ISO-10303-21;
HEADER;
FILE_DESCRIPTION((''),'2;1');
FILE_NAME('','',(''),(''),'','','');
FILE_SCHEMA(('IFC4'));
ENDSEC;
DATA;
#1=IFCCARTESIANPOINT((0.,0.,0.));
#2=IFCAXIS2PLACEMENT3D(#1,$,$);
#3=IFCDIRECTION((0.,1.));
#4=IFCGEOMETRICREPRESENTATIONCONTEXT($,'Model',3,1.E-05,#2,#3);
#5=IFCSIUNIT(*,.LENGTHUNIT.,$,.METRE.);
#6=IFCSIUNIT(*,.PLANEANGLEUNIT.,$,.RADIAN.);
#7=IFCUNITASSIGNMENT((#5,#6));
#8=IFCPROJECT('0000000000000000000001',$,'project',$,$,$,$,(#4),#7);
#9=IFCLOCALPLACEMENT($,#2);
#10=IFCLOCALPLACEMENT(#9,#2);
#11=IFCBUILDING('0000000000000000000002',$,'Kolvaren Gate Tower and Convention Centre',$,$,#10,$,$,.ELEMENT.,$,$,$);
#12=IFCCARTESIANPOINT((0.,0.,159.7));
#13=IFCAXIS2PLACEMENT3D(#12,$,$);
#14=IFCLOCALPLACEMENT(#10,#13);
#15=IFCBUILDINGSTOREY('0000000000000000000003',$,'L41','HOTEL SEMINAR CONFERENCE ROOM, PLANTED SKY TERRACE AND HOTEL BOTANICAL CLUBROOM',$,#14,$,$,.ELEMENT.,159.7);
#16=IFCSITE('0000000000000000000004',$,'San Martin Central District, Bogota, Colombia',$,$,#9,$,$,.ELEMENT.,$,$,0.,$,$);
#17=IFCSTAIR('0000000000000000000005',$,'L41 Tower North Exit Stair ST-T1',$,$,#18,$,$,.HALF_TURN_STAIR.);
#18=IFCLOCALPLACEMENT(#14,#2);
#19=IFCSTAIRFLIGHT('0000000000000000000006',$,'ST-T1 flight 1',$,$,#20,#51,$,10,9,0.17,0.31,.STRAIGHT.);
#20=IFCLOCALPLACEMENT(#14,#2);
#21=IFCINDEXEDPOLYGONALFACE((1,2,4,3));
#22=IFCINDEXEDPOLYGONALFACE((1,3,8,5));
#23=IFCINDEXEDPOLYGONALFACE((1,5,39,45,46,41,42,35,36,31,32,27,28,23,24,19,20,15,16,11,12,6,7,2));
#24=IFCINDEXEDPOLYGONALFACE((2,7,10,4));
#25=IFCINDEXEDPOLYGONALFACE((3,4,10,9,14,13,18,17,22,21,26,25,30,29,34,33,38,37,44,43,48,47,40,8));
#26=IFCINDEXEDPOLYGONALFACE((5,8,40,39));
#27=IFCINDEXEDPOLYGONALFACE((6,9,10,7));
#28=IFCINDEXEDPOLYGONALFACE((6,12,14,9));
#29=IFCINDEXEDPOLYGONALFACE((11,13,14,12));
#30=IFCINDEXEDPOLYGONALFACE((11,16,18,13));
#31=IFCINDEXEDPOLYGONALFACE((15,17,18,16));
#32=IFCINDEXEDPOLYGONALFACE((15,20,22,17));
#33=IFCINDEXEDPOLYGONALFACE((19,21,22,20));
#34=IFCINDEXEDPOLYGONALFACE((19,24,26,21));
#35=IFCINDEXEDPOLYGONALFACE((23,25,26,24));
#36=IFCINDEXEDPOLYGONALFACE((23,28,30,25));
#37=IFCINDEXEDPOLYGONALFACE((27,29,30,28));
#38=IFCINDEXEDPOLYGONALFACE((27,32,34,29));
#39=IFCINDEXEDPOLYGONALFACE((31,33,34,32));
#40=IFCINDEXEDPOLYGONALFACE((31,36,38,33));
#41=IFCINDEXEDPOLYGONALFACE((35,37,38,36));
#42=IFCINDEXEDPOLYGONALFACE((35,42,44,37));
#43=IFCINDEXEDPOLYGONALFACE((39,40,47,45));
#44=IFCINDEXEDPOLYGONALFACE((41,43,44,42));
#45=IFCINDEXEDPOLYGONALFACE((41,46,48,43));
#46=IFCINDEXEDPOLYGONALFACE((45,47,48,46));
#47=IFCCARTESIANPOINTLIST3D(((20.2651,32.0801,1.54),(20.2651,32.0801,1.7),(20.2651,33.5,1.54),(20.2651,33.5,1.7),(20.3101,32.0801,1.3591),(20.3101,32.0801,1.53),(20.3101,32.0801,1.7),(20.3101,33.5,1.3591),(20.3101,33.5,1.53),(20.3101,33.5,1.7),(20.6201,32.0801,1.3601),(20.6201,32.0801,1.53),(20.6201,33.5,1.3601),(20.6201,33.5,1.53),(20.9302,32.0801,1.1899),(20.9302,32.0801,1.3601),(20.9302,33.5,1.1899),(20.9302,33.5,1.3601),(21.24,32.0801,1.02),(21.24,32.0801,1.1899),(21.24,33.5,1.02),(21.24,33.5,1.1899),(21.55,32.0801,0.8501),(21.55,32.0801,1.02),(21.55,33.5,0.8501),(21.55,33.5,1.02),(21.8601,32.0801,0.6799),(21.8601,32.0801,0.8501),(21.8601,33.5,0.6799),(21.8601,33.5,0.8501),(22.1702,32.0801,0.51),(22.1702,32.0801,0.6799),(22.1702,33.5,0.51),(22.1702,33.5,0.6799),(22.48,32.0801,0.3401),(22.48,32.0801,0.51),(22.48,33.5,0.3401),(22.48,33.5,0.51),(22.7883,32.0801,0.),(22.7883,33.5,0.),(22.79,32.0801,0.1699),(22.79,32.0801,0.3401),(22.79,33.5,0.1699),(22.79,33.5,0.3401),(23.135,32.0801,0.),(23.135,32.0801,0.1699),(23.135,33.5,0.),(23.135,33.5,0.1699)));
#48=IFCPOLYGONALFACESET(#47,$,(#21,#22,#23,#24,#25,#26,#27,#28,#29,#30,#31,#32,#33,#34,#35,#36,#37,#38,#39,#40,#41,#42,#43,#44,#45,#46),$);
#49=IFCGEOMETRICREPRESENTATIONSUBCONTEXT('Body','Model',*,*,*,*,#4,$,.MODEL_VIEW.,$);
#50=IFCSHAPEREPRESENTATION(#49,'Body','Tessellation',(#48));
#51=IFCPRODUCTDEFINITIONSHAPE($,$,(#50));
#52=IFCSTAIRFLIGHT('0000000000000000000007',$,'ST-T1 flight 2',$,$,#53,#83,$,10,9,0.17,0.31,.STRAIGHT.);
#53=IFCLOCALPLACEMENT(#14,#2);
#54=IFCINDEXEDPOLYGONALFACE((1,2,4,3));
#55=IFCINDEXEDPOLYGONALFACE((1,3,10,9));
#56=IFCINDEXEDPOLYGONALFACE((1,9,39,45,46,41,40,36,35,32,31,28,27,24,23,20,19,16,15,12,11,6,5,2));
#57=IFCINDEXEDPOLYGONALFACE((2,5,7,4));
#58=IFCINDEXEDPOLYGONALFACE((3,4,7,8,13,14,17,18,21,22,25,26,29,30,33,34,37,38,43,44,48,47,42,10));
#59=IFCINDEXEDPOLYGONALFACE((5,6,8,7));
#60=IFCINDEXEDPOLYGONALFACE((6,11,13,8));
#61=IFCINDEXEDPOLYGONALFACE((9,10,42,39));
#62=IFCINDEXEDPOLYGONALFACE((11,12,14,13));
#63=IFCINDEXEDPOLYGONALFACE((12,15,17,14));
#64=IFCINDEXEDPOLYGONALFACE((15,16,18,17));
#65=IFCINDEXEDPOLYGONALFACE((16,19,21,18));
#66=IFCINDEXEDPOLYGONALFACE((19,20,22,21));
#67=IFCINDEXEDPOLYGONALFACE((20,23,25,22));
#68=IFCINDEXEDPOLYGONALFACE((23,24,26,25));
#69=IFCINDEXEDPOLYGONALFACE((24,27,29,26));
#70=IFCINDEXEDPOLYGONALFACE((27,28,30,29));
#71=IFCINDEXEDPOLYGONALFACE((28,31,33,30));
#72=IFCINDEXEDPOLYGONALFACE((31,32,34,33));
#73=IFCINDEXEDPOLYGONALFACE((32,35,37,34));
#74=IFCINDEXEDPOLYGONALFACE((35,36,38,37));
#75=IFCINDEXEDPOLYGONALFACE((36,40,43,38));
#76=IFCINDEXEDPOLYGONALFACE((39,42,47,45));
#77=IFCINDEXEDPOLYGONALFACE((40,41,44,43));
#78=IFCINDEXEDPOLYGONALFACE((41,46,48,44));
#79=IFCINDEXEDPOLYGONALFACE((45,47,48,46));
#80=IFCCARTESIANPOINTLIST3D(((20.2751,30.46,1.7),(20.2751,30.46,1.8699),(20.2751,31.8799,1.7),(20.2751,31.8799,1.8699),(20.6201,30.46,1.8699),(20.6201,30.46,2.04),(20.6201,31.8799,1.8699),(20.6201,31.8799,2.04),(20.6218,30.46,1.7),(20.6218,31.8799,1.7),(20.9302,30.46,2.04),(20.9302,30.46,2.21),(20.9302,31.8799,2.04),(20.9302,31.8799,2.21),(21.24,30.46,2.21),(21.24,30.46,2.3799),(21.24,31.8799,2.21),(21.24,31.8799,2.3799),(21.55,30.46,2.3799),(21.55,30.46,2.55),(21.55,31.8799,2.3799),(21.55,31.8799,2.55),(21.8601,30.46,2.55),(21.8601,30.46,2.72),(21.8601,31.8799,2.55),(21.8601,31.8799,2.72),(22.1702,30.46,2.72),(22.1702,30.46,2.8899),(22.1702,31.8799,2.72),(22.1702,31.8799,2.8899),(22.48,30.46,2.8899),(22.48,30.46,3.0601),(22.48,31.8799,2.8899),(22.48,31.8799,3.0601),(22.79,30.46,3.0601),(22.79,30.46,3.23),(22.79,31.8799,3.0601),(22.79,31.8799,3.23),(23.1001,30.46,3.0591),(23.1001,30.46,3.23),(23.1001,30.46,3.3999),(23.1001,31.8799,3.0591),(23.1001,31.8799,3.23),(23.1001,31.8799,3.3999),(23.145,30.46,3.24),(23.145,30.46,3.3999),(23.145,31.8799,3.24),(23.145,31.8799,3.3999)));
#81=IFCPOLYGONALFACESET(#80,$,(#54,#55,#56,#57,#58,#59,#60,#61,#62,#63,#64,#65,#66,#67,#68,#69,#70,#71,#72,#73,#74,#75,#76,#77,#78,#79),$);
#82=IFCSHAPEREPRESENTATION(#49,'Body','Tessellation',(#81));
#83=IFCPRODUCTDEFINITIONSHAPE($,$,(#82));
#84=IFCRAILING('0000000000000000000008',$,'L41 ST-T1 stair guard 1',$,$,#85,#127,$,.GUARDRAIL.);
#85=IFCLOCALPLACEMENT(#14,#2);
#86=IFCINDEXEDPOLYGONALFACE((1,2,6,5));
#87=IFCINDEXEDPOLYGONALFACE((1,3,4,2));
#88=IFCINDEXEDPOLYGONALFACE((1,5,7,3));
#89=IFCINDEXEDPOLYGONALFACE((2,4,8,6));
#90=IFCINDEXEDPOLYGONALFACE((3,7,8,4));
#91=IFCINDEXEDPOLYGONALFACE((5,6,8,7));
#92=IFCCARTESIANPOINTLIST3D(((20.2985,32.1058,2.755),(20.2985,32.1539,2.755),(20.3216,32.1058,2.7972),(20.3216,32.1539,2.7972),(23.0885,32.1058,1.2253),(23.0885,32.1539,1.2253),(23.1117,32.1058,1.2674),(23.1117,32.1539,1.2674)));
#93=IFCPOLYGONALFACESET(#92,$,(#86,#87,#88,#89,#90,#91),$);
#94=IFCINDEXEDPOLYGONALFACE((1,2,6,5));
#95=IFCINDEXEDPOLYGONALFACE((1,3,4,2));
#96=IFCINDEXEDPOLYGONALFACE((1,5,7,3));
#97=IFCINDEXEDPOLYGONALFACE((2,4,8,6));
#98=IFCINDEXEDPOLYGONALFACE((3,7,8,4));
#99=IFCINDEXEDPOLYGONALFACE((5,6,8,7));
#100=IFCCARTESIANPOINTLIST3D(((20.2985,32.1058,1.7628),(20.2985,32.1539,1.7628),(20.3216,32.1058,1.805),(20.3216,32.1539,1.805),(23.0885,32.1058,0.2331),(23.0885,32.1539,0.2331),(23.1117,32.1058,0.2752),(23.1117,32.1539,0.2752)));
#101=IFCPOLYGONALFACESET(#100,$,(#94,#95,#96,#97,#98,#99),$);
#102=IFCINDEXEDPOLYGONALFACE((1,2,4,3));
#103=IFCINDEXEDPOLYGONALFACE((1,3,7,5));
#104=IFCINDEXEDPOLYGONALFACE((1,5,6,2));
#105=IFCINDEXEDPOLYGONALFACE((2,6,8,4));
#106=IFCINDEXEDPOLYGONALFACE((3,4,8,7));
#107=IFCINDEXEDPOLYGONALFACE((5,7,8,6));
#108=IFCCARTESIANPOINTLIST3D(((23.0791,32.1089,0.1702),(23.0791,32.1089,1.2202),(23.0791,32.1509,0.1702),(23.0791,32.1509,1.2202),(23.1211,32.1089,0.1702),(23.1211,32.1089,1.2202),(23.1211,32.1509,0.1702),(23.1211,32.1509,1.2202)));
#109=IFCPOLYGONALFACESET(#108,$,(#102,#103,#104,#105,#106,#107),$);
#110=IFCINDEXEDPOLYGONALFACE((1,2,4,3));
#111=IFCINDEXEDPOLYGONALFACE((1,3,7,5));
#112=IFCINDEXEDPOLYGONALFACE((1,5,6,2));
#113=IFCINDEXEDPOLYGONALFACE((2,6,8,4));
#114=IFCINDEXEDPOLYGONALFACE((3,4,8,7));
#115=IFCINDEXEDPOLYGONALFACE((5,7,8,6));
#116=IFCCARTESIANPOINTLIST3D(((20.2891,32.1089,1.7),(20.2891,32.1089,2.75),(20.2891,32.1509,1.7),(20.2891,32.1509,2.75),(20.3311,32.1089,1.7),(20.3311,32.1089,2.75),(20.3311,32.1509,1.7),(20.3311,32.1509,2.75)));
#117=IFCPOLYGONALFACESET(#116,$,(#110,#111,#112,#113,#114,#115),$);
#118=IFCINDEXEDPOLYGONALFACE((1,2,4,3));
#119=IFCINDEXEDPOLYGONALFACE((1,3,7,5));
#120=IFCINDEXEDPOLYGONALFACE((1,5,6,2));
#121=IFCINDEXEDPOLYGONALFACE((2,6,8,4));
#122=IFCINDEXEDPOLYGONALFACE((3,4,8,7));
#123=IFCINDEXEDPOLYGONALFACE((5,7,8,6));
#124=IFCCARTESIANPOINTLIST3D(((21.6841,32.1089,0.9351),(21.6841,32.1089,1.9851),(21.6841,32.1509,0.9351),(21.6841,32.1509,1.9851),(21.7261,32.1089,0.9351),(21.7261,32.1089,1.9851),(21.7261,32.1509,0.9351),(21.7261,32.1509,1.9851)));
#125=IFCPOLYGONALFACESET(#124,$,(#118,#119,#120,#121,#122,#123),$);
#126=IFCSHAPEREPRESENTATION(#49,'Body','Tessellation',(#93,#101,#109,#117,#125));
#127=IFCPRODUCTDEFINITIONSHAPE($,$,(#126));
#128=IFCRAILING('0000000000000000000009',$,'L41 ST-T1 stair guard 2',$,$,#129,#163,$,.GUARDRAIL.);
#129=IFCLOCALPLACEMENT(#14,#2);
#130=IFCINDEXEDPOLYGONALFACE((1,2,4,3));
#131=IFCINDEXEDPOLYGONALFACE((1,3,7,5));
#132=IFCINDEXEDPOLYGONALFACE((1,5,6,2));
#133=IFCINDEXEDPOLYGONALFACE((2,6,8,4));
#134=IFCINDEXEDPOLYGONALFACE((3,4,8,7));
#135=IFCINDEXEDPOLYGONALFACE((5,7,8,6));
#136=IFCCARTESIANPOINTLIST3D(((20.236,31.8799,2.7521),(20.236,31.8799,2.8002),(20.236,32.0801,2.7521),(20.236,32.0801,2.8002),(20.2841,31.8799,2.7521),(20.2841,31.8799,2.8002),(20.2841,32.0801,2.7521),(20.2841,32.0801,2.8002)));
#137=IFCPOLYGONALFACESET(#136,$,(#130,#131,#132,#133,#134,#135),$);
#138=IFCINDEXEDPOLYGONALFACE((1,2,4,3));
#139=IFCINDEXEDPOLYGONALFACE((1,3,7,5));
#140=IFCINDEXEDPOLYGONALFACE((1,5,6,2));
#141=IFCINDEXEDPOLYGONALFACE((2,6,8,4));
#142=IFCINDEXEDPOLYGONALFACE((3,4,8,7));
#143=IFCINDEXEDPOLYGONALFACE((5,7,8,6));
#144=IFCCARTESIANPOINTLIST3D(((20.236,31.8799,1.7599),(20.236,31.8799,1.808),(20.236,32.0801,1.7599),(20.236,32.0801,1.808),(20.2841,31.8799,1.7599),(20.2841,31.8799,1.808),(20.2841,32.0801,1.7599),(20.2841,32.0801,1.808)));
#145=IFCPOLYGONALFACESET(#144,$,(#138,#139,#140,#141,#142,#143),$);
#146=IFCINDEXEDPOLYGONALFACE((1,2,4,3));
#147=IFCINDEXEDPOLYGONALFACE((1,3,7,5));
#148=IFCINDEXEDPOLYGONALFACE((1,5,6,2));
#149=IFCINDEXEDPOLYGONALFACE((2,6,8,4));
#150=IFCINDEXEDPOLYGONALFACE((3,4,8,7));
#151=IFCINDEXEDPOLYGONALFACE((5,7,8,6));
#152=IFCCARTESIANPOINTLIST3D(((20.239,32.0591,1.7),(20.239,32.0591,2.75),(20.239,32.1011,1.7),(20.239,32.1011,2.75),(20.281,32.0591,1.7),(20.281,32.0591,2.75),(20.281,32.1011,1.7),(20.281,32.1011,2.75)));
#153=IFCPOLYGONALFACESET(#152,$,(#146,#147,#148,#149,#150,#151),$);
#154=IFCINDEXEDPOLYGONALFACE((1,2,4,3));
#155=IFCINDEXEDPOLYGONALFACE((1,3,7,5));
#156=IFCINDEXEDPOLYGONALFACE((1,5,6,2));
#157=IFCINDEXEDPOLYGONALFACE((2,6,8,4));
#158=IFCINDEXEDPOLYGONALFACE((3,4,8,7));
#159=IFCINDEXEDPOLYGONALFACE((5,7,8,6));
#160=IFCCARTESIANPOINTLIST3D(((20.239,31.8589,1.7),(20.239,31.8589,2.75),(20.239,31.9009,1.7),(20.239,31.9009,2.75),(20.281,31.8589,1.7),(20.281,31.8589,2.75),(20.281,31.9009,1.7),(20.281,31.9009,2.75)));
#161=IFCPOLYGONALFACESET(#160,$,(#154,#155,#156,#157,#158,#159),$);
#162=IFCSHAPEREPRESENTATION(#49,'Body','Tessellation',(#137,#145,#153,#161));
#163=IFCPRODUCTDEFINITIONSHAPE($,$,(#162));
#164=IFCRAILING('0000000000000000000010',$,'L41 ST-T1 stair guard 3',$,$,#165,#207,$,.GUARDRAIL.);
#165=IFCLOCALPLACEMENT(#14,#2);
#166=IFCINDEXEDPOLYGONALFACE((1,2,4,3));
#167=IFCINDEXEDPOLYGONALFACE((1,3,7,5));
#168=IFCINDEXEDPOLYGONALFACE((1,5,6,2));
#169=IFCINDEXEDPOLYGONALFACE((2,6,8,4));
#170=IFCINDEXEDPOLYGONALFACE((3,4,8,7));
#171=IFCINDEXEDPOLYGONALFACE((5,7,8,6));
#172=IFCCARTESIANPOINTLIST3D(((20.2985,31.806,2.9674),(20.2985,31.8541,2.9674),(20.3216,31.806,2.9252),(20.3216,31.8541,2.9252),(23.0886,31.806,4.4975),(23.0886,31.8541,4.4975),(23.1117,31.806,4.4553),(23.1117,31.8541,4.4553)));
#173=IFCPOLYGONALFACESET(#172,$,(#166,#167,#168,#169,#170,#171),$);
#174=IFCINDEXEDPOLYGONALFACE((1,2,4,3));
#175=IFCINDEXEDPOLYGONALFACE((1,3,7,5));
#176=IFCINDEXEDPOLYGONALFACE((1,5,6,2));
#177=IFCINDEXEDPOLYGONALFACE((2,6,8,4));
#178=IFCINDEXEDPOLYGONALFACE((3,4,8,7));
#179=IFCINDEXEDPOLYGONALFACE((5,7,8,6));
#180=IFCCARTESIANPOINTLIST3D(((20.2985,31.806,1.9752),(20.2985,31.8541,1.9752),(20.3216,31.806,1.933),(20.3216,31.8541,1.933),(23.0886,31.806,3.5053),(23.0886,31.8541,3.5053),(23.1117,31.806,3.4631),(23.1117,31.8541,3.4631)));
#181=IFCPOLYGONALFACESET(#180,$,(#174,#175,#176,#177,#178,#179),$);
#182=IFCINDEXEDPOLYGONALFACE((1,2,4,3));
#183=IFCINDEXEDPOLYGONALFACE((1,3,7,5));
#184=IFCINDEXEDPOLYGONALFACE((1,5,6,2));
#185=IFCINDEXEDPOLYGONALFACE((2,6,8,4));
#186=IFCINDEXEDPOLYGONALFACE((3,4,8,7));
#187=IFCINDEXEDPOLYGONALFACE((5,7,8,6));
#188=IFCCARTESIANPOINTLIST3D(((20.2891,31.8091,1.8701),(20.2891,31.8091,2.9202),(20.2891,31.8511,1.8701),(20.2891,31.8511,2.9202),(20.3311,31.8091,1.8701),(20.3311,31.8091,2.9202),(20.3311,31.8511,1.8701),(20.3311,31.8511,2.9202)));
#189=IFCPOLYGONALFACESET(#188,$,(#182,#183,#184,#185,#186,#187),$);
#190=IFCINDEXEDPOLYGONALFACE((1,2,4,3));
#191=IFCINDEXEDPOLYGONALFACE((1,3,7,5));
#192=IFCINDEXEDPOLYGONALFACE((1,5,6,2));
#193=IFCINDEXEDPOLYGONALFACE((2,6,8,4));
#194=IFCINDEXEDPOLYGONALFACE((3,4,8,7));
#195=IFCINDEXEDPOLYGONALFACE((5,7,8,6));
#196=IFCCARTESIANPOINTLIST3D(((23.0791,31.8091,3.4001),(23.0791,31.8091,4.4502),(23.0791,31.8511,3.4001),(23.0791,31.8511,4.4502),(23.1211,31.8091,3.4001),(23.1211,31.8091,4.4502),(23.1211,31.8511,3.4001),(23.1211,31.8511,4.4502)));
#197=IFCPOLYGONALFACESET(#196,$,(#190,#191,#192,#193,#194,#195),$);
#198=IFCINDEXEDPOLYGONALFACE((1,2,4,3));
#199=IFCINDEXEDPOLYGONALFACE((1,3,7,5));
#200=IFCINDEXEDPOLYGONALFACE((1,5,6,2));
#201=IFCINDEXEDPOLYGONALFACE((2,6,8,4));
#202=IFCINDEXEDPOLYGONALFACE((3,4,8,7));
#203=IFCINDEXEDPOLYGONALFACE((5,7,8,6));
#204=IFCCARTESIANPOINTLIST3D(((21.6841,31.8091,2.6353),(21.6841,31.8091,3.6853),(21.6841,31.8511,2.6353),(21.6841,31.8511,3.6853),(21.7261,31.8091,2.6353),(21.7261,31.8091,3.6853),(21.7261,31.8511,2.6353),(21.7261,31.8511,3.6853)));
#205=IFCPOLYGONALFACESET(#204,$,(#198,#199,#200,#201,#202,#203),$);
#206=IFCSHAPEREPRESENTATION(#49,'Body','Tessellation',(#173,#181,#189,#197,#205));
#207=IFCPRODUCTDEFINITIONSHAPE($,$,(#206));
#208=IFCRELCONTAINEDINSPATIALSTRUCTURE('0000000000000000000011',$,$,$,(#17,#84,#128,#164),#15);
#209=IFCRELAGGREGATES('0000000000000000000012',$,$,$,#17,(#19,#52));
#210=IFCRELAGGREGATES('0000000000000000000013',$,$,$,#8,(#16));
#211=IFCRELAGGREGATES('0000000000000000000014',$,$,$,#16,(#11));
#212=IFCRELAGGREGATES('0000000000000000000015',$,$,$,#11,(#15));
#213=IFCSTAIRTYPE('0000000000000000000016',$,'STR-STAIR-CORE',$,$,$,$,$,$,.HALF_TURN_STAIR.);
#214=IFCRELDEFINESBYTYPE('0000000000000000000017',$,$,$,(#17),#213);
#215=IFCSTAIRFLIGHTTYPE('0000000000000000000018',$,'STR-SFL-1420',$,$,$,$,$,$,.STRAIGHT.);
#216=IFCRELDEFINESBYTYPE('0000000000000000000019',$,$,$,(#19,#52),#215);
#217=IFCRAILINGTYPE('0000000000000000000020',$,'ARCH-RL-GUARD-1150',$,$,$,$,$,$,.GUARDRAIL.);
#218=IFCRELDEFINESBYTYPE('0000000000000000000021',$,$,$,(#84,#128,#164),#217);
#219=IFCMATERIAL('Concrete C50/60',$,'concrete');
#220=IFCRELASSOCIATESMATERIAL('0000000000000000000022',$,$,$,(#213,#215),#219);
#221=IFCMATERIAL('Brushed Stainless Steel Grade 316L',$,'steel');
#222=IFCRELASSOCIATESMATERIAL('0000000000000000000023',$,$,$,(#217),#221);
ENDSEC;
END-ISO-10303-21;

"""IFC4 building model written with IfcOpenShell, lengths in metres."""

from ifc_helpers import new_model, si_unit, direction, frame, origin, origin_2d, place, context, subcontext, project, spatial, polyline, rectangle, outline, extrude, material, type_object, element, aggregate, save


model = new_model("IFC4")

# Units and contexts
model_context = context("Model", 3, precision=1e-05, world=origin(), true_north=direction((0.0, 1.0)))
body_context = subcontext(model_context, "Body", "Model", "MODEL_VIEW")
ifc_project = project(units=[si_unit("LENGTHUNIT", "METRE"), si_unit("PLANEANGLEUNIT", "RADIAN")], contexts=[model_context])

# Site, building, storey
site_placement = place(None, origin())
site = spatial("IfcSite", under=ifc_project, at=site_placement, Name="San Martin Central District, Bogota, Colombia", CompositionType="ELEMENT", RefElevation=0.0)
building_placement = place(site_placement, origin())
building = spatial("IfcBuilding", under=site, at=building_placement, Name="Kolvaren Gate Tower and Convention Centre", CompositionType="ELEMENT")
storey_placement = place(building_placement, frame((0.0, 0.0, 159.7)))
storey = spatial("IfcBuildingStorey", under=building, at=storey_placement, Name="L41", Description="HOTEL SEMINAR CONFERENCE ROOM, PLANTED SKY TERRACE AND HOTEL BOTANICAL CLUBROOM", CompositionType="ELEMENT", Elevation=159.7)

# Shared definitions
ifc_material_1 = material(Name="Brushed Stainless Steel Grade 316L", Category="steel")

# Shared definitions
ifc_material_2 = material(Name="Concrete C50/60", Category="concrete")

# Stair, stair flights
stair_type = type_object("IfcStairType", Name="STR-STAIR-CORE", PredefinedType="HALF_TURN_STAIR", material=ifc_material_2)
stair_placement = place(storey_placement, origin())
stair = element("IfcStair", 1, at=stair_placement, inside=storey, type_object=stair_type, Name="L41 Tower North Exit Stair ST-T1", PredefinedType="HALF_TURN_STAIR")
stair_flight_type = type_object("IfcStairFlightType", Name="STR-SFL-1420", PredefinedType="STRAIGHT", material=ifc_material_2)
stair_flight_1_placement = place(storey_placement, frame((23.1001, 32.79, 0.0), z_axis=(0.0, 0.0, 1.0), x_axis=(-1.0, 0.0, 0.0)))
stair_flight_1 = element("IfcStairFlight", 2, at=stair_flight_1_placement, type_object=stair_flight_type, Name="ST-T1 flight 1", NumberOfRisers=10, NumberOfTreads=9, PredefinedType="STRAIGHT", RiserHeight=0.17, TreadLength=0.31, context=body_context, shape_type="SweptSolid", body=[
    extrude(outline(polyline([(-0.0349, 0.0), (-0.0349, 0.1699), (0.3101, 0.1699), (0.3101, 0.3401), (0.6201, 0.3401), (0.6201, 0.51), (0.9299, 0.51), (0.9299, 0.6799), (1.24, 0.6799), (1.24, 0.8501), (1.55, 0.8501), (1.55, 1.02), (1.8601, 1.02), (1.8601, 1.1899), (2.1699, 1.1899), (2.1699, 1.3601), (2.48, 1.3601), (2.48, 1.53), (2.79, 1.53), (2.79, 1.7), (2.835, 1.7), (2.835, 1.54), (2.79, 1.3591), (0.3118, 0.0), (-0.0349, 0.0)])), frame((0.0, 0.71, 0.0), z_axis=(0.0, -1.0, 0.0), x_axis=(1.0, 0.0, 0.0)), (0.0, 0.0, 1.0), 1.4199),
])
stair_flight_2_placement = place(storey_placement, frame((20.3101, 31.1699, 1.7), z_axis=(0.0, 0.0, 1.0), x_axis=(1.0, 0.0, 0.0)))
stair_flight_2 = element("IfcStairFlight", 3, at=stair_flight_2_placement, type_object=stair_flight_type, Name="ST-T1 flight 2", NumberOfRisers=10, NumberOfTreads=9, PredefinedType="STRAIGHT", RiserHeight=0.17, TreadLength=0.31, context=body_context, shape_type="SweptSolid", body=[
    extrude(outline(polyline([(-0.0349, 0.0), (-0.0349, 0.1699), (0.3101, 0.1699), (0.3101, 0.3401), (0.6201, 0.3401), (0.6201, 0.51), (0.9299, 0.51), (0.9299, 0.6799), (1.24, 0.6799), (1.24, 0.8501), (1.55, 0.8501), (1.55, 1.02), (1.8601, 1.02), (1.8601, 1.1899), (2.1699, 1.1899), (2.1699, 1.3601), (2.48, 1.3601), (2.48, 1.53), (2.79, 1.53), (2.79, 1.7), (2.835, 1.7), (2.835, 1.54), (2.79, 1.3591), (0.3118, 0.0), (-0.0349, 0.0)])), frame((0.0, 0.71, 0.0), z_axis=(0.0, -1.0, 0.0), x_axis=(1.0, 0.0, 0.0)), (0.0, 0.0, 1.0), 1.4199),
])
aggregate(stair, [stair_flight_1, stair_flight_2])

# Railings
railing_type_1 = type_object("IfcRailingType", Name="ARCH-RL-GUARD-1150", PredefinedType="GUARDRAIL", material=ifc_material_1)
railing_1_placement = place(storey_placement, frame((23.1001, 32.1299, 0.1702)))
element("IfcRailing", 4, at=railing_1_placement, inside=storey, type_object=railing_type_1, Name="L41 ST-T1 stair guard 1", PredefinedType="GUARDRAIL", context=body_context, shape_type="SweptSolid", body=[
    extrude(rectangle(XDim=0.0481, YDim=0.0481, at=origin_2d()), frame((0.0, 0.0, 1.0762), z_axis=(-0.876844, 0.0, 0.480776), x_axis=(0.0, -1.0, 0.0)), (0.0, 0.0, 1.0), 3.1819),
    extrude(rectangle(XDim=0.0481, YDim=0.0481, at=origin_2d()), frame((0.0, 0.0, 0.084), z_axis=(-0.876844, 0.0, 0.480776), x_axis=(0.0, -1.0, 0.0)), (0.0, 0.0, 1.0), 3.1819),
    extrude(rectangle(XDim=0.042, YDim=0.042, at=origin_2d()), origin(), (0.0, 0.0, 1.0), 1.05),
    extrude(rectangle(XDim=0.042, YDim=0.042, at=origin_2d()), frame((-2.79, 0.0, 1.5298)), (0.0, 0.0, 1.0), 1.05),
    extrude(rectangle(XDim=0.042, YDim=0.042, at=origin_2d()), frame((-1.395, 0.0, 0.7649)), (0.0, 0.0, 1.0), 1.05),
])
railing_2_placement = place(storey_placement, frame((20.26, 32.0801, 1.7)))
element("IfcRailing", 5, at=railing_2_placement, inside=storey, type_object=railing_type_1, Name="L41 ST-T1 stair guard 2", PredefinedType="GUARDRAIL", context=body_context, shape_type="SweptSolid", body=[
    extrude(rectangle(XDim=0.0481, YDim=0.0481, at=origin_2d()), frame((0.0, 0.0, 1.0762), z_axis=(0.0, -1.0, 0.0), x_axis=(1.0, 0.0, 0.0)), (0.0, 0.0, 1.0), 0.2002),
    extrude(rectangle(XDim=0.0481, YDim=0.0481, at=origin_2d()), frame((0.0, 0.0, 0.084), z_axis=(0.0, -1.0, 0.0), x_axis=(1.0, 0.0, 0.0)), (0.0, 0.0, 1.0), 0.2002),
    extrude(rectangle(XDim=0.042, YDim=0.042, at=origin_2d()), origin(), (0.0, 0.0, 1.0), 1.05),
    extrude(rectangle(XDim=0.042, YDim=0.042, at=origin_2d()), frame((0.0, -0.2002, 0.0)), (0.0, 0.0, 1.0), 1.05),
])
railing_3_placement = place(storey_placement, frame((20.3101, 31.8301, 1.8701)))
element("IfcRailing", 6, at=railing_3_placement, inside=storey, type_object=railing_type_1, Name="L41 ST-T1 stair guard 3", PredefinedType="GUARDRAIL", context=body_context, shape_type="SweptSolid", body=[
    extrude(rectangle(XDim=0.0481, YDim=0.0481, at=origin_2d()), frame((0.0, 0.0, 1.0762), z_axis=(0.876811, 0.0, 0.480835), x_axis=(0.0, 1.0, 0.0)), (0.0, 0.0, 1.0), 3.1821),
    extrude(rectangle(XDim=0.0481, YDim=0.0481, at=origin_2d()), frame((0.0, 0.0, 0.084), z_axis=(0.876811, 0.0, 0.480835), x_axis=(0.0, 1.0, 0.0)), (0.0, 0.0, 1.0), 3.1821),
    extrude(rectangle(XDim=0.042, YDim=0.042, at=origin_2d()), origin(), (0.0, 0.0, 1.0), 1.05),
    extrude(rectangle(XDim=0.042, YDim=0.042, at=origin_2d()), frame((2.79, 0.0, 1.53)), (0.0, 0.0, 1.0), 1.05),
    extrude(rectangle(XDim=0.042, YDim=0.042, at=origin_2d()), frame((1.395, 0.0, 0.7651)), (0.0, 0.0, 1.0), 1.05),
])

save(model, "model.ifc")
